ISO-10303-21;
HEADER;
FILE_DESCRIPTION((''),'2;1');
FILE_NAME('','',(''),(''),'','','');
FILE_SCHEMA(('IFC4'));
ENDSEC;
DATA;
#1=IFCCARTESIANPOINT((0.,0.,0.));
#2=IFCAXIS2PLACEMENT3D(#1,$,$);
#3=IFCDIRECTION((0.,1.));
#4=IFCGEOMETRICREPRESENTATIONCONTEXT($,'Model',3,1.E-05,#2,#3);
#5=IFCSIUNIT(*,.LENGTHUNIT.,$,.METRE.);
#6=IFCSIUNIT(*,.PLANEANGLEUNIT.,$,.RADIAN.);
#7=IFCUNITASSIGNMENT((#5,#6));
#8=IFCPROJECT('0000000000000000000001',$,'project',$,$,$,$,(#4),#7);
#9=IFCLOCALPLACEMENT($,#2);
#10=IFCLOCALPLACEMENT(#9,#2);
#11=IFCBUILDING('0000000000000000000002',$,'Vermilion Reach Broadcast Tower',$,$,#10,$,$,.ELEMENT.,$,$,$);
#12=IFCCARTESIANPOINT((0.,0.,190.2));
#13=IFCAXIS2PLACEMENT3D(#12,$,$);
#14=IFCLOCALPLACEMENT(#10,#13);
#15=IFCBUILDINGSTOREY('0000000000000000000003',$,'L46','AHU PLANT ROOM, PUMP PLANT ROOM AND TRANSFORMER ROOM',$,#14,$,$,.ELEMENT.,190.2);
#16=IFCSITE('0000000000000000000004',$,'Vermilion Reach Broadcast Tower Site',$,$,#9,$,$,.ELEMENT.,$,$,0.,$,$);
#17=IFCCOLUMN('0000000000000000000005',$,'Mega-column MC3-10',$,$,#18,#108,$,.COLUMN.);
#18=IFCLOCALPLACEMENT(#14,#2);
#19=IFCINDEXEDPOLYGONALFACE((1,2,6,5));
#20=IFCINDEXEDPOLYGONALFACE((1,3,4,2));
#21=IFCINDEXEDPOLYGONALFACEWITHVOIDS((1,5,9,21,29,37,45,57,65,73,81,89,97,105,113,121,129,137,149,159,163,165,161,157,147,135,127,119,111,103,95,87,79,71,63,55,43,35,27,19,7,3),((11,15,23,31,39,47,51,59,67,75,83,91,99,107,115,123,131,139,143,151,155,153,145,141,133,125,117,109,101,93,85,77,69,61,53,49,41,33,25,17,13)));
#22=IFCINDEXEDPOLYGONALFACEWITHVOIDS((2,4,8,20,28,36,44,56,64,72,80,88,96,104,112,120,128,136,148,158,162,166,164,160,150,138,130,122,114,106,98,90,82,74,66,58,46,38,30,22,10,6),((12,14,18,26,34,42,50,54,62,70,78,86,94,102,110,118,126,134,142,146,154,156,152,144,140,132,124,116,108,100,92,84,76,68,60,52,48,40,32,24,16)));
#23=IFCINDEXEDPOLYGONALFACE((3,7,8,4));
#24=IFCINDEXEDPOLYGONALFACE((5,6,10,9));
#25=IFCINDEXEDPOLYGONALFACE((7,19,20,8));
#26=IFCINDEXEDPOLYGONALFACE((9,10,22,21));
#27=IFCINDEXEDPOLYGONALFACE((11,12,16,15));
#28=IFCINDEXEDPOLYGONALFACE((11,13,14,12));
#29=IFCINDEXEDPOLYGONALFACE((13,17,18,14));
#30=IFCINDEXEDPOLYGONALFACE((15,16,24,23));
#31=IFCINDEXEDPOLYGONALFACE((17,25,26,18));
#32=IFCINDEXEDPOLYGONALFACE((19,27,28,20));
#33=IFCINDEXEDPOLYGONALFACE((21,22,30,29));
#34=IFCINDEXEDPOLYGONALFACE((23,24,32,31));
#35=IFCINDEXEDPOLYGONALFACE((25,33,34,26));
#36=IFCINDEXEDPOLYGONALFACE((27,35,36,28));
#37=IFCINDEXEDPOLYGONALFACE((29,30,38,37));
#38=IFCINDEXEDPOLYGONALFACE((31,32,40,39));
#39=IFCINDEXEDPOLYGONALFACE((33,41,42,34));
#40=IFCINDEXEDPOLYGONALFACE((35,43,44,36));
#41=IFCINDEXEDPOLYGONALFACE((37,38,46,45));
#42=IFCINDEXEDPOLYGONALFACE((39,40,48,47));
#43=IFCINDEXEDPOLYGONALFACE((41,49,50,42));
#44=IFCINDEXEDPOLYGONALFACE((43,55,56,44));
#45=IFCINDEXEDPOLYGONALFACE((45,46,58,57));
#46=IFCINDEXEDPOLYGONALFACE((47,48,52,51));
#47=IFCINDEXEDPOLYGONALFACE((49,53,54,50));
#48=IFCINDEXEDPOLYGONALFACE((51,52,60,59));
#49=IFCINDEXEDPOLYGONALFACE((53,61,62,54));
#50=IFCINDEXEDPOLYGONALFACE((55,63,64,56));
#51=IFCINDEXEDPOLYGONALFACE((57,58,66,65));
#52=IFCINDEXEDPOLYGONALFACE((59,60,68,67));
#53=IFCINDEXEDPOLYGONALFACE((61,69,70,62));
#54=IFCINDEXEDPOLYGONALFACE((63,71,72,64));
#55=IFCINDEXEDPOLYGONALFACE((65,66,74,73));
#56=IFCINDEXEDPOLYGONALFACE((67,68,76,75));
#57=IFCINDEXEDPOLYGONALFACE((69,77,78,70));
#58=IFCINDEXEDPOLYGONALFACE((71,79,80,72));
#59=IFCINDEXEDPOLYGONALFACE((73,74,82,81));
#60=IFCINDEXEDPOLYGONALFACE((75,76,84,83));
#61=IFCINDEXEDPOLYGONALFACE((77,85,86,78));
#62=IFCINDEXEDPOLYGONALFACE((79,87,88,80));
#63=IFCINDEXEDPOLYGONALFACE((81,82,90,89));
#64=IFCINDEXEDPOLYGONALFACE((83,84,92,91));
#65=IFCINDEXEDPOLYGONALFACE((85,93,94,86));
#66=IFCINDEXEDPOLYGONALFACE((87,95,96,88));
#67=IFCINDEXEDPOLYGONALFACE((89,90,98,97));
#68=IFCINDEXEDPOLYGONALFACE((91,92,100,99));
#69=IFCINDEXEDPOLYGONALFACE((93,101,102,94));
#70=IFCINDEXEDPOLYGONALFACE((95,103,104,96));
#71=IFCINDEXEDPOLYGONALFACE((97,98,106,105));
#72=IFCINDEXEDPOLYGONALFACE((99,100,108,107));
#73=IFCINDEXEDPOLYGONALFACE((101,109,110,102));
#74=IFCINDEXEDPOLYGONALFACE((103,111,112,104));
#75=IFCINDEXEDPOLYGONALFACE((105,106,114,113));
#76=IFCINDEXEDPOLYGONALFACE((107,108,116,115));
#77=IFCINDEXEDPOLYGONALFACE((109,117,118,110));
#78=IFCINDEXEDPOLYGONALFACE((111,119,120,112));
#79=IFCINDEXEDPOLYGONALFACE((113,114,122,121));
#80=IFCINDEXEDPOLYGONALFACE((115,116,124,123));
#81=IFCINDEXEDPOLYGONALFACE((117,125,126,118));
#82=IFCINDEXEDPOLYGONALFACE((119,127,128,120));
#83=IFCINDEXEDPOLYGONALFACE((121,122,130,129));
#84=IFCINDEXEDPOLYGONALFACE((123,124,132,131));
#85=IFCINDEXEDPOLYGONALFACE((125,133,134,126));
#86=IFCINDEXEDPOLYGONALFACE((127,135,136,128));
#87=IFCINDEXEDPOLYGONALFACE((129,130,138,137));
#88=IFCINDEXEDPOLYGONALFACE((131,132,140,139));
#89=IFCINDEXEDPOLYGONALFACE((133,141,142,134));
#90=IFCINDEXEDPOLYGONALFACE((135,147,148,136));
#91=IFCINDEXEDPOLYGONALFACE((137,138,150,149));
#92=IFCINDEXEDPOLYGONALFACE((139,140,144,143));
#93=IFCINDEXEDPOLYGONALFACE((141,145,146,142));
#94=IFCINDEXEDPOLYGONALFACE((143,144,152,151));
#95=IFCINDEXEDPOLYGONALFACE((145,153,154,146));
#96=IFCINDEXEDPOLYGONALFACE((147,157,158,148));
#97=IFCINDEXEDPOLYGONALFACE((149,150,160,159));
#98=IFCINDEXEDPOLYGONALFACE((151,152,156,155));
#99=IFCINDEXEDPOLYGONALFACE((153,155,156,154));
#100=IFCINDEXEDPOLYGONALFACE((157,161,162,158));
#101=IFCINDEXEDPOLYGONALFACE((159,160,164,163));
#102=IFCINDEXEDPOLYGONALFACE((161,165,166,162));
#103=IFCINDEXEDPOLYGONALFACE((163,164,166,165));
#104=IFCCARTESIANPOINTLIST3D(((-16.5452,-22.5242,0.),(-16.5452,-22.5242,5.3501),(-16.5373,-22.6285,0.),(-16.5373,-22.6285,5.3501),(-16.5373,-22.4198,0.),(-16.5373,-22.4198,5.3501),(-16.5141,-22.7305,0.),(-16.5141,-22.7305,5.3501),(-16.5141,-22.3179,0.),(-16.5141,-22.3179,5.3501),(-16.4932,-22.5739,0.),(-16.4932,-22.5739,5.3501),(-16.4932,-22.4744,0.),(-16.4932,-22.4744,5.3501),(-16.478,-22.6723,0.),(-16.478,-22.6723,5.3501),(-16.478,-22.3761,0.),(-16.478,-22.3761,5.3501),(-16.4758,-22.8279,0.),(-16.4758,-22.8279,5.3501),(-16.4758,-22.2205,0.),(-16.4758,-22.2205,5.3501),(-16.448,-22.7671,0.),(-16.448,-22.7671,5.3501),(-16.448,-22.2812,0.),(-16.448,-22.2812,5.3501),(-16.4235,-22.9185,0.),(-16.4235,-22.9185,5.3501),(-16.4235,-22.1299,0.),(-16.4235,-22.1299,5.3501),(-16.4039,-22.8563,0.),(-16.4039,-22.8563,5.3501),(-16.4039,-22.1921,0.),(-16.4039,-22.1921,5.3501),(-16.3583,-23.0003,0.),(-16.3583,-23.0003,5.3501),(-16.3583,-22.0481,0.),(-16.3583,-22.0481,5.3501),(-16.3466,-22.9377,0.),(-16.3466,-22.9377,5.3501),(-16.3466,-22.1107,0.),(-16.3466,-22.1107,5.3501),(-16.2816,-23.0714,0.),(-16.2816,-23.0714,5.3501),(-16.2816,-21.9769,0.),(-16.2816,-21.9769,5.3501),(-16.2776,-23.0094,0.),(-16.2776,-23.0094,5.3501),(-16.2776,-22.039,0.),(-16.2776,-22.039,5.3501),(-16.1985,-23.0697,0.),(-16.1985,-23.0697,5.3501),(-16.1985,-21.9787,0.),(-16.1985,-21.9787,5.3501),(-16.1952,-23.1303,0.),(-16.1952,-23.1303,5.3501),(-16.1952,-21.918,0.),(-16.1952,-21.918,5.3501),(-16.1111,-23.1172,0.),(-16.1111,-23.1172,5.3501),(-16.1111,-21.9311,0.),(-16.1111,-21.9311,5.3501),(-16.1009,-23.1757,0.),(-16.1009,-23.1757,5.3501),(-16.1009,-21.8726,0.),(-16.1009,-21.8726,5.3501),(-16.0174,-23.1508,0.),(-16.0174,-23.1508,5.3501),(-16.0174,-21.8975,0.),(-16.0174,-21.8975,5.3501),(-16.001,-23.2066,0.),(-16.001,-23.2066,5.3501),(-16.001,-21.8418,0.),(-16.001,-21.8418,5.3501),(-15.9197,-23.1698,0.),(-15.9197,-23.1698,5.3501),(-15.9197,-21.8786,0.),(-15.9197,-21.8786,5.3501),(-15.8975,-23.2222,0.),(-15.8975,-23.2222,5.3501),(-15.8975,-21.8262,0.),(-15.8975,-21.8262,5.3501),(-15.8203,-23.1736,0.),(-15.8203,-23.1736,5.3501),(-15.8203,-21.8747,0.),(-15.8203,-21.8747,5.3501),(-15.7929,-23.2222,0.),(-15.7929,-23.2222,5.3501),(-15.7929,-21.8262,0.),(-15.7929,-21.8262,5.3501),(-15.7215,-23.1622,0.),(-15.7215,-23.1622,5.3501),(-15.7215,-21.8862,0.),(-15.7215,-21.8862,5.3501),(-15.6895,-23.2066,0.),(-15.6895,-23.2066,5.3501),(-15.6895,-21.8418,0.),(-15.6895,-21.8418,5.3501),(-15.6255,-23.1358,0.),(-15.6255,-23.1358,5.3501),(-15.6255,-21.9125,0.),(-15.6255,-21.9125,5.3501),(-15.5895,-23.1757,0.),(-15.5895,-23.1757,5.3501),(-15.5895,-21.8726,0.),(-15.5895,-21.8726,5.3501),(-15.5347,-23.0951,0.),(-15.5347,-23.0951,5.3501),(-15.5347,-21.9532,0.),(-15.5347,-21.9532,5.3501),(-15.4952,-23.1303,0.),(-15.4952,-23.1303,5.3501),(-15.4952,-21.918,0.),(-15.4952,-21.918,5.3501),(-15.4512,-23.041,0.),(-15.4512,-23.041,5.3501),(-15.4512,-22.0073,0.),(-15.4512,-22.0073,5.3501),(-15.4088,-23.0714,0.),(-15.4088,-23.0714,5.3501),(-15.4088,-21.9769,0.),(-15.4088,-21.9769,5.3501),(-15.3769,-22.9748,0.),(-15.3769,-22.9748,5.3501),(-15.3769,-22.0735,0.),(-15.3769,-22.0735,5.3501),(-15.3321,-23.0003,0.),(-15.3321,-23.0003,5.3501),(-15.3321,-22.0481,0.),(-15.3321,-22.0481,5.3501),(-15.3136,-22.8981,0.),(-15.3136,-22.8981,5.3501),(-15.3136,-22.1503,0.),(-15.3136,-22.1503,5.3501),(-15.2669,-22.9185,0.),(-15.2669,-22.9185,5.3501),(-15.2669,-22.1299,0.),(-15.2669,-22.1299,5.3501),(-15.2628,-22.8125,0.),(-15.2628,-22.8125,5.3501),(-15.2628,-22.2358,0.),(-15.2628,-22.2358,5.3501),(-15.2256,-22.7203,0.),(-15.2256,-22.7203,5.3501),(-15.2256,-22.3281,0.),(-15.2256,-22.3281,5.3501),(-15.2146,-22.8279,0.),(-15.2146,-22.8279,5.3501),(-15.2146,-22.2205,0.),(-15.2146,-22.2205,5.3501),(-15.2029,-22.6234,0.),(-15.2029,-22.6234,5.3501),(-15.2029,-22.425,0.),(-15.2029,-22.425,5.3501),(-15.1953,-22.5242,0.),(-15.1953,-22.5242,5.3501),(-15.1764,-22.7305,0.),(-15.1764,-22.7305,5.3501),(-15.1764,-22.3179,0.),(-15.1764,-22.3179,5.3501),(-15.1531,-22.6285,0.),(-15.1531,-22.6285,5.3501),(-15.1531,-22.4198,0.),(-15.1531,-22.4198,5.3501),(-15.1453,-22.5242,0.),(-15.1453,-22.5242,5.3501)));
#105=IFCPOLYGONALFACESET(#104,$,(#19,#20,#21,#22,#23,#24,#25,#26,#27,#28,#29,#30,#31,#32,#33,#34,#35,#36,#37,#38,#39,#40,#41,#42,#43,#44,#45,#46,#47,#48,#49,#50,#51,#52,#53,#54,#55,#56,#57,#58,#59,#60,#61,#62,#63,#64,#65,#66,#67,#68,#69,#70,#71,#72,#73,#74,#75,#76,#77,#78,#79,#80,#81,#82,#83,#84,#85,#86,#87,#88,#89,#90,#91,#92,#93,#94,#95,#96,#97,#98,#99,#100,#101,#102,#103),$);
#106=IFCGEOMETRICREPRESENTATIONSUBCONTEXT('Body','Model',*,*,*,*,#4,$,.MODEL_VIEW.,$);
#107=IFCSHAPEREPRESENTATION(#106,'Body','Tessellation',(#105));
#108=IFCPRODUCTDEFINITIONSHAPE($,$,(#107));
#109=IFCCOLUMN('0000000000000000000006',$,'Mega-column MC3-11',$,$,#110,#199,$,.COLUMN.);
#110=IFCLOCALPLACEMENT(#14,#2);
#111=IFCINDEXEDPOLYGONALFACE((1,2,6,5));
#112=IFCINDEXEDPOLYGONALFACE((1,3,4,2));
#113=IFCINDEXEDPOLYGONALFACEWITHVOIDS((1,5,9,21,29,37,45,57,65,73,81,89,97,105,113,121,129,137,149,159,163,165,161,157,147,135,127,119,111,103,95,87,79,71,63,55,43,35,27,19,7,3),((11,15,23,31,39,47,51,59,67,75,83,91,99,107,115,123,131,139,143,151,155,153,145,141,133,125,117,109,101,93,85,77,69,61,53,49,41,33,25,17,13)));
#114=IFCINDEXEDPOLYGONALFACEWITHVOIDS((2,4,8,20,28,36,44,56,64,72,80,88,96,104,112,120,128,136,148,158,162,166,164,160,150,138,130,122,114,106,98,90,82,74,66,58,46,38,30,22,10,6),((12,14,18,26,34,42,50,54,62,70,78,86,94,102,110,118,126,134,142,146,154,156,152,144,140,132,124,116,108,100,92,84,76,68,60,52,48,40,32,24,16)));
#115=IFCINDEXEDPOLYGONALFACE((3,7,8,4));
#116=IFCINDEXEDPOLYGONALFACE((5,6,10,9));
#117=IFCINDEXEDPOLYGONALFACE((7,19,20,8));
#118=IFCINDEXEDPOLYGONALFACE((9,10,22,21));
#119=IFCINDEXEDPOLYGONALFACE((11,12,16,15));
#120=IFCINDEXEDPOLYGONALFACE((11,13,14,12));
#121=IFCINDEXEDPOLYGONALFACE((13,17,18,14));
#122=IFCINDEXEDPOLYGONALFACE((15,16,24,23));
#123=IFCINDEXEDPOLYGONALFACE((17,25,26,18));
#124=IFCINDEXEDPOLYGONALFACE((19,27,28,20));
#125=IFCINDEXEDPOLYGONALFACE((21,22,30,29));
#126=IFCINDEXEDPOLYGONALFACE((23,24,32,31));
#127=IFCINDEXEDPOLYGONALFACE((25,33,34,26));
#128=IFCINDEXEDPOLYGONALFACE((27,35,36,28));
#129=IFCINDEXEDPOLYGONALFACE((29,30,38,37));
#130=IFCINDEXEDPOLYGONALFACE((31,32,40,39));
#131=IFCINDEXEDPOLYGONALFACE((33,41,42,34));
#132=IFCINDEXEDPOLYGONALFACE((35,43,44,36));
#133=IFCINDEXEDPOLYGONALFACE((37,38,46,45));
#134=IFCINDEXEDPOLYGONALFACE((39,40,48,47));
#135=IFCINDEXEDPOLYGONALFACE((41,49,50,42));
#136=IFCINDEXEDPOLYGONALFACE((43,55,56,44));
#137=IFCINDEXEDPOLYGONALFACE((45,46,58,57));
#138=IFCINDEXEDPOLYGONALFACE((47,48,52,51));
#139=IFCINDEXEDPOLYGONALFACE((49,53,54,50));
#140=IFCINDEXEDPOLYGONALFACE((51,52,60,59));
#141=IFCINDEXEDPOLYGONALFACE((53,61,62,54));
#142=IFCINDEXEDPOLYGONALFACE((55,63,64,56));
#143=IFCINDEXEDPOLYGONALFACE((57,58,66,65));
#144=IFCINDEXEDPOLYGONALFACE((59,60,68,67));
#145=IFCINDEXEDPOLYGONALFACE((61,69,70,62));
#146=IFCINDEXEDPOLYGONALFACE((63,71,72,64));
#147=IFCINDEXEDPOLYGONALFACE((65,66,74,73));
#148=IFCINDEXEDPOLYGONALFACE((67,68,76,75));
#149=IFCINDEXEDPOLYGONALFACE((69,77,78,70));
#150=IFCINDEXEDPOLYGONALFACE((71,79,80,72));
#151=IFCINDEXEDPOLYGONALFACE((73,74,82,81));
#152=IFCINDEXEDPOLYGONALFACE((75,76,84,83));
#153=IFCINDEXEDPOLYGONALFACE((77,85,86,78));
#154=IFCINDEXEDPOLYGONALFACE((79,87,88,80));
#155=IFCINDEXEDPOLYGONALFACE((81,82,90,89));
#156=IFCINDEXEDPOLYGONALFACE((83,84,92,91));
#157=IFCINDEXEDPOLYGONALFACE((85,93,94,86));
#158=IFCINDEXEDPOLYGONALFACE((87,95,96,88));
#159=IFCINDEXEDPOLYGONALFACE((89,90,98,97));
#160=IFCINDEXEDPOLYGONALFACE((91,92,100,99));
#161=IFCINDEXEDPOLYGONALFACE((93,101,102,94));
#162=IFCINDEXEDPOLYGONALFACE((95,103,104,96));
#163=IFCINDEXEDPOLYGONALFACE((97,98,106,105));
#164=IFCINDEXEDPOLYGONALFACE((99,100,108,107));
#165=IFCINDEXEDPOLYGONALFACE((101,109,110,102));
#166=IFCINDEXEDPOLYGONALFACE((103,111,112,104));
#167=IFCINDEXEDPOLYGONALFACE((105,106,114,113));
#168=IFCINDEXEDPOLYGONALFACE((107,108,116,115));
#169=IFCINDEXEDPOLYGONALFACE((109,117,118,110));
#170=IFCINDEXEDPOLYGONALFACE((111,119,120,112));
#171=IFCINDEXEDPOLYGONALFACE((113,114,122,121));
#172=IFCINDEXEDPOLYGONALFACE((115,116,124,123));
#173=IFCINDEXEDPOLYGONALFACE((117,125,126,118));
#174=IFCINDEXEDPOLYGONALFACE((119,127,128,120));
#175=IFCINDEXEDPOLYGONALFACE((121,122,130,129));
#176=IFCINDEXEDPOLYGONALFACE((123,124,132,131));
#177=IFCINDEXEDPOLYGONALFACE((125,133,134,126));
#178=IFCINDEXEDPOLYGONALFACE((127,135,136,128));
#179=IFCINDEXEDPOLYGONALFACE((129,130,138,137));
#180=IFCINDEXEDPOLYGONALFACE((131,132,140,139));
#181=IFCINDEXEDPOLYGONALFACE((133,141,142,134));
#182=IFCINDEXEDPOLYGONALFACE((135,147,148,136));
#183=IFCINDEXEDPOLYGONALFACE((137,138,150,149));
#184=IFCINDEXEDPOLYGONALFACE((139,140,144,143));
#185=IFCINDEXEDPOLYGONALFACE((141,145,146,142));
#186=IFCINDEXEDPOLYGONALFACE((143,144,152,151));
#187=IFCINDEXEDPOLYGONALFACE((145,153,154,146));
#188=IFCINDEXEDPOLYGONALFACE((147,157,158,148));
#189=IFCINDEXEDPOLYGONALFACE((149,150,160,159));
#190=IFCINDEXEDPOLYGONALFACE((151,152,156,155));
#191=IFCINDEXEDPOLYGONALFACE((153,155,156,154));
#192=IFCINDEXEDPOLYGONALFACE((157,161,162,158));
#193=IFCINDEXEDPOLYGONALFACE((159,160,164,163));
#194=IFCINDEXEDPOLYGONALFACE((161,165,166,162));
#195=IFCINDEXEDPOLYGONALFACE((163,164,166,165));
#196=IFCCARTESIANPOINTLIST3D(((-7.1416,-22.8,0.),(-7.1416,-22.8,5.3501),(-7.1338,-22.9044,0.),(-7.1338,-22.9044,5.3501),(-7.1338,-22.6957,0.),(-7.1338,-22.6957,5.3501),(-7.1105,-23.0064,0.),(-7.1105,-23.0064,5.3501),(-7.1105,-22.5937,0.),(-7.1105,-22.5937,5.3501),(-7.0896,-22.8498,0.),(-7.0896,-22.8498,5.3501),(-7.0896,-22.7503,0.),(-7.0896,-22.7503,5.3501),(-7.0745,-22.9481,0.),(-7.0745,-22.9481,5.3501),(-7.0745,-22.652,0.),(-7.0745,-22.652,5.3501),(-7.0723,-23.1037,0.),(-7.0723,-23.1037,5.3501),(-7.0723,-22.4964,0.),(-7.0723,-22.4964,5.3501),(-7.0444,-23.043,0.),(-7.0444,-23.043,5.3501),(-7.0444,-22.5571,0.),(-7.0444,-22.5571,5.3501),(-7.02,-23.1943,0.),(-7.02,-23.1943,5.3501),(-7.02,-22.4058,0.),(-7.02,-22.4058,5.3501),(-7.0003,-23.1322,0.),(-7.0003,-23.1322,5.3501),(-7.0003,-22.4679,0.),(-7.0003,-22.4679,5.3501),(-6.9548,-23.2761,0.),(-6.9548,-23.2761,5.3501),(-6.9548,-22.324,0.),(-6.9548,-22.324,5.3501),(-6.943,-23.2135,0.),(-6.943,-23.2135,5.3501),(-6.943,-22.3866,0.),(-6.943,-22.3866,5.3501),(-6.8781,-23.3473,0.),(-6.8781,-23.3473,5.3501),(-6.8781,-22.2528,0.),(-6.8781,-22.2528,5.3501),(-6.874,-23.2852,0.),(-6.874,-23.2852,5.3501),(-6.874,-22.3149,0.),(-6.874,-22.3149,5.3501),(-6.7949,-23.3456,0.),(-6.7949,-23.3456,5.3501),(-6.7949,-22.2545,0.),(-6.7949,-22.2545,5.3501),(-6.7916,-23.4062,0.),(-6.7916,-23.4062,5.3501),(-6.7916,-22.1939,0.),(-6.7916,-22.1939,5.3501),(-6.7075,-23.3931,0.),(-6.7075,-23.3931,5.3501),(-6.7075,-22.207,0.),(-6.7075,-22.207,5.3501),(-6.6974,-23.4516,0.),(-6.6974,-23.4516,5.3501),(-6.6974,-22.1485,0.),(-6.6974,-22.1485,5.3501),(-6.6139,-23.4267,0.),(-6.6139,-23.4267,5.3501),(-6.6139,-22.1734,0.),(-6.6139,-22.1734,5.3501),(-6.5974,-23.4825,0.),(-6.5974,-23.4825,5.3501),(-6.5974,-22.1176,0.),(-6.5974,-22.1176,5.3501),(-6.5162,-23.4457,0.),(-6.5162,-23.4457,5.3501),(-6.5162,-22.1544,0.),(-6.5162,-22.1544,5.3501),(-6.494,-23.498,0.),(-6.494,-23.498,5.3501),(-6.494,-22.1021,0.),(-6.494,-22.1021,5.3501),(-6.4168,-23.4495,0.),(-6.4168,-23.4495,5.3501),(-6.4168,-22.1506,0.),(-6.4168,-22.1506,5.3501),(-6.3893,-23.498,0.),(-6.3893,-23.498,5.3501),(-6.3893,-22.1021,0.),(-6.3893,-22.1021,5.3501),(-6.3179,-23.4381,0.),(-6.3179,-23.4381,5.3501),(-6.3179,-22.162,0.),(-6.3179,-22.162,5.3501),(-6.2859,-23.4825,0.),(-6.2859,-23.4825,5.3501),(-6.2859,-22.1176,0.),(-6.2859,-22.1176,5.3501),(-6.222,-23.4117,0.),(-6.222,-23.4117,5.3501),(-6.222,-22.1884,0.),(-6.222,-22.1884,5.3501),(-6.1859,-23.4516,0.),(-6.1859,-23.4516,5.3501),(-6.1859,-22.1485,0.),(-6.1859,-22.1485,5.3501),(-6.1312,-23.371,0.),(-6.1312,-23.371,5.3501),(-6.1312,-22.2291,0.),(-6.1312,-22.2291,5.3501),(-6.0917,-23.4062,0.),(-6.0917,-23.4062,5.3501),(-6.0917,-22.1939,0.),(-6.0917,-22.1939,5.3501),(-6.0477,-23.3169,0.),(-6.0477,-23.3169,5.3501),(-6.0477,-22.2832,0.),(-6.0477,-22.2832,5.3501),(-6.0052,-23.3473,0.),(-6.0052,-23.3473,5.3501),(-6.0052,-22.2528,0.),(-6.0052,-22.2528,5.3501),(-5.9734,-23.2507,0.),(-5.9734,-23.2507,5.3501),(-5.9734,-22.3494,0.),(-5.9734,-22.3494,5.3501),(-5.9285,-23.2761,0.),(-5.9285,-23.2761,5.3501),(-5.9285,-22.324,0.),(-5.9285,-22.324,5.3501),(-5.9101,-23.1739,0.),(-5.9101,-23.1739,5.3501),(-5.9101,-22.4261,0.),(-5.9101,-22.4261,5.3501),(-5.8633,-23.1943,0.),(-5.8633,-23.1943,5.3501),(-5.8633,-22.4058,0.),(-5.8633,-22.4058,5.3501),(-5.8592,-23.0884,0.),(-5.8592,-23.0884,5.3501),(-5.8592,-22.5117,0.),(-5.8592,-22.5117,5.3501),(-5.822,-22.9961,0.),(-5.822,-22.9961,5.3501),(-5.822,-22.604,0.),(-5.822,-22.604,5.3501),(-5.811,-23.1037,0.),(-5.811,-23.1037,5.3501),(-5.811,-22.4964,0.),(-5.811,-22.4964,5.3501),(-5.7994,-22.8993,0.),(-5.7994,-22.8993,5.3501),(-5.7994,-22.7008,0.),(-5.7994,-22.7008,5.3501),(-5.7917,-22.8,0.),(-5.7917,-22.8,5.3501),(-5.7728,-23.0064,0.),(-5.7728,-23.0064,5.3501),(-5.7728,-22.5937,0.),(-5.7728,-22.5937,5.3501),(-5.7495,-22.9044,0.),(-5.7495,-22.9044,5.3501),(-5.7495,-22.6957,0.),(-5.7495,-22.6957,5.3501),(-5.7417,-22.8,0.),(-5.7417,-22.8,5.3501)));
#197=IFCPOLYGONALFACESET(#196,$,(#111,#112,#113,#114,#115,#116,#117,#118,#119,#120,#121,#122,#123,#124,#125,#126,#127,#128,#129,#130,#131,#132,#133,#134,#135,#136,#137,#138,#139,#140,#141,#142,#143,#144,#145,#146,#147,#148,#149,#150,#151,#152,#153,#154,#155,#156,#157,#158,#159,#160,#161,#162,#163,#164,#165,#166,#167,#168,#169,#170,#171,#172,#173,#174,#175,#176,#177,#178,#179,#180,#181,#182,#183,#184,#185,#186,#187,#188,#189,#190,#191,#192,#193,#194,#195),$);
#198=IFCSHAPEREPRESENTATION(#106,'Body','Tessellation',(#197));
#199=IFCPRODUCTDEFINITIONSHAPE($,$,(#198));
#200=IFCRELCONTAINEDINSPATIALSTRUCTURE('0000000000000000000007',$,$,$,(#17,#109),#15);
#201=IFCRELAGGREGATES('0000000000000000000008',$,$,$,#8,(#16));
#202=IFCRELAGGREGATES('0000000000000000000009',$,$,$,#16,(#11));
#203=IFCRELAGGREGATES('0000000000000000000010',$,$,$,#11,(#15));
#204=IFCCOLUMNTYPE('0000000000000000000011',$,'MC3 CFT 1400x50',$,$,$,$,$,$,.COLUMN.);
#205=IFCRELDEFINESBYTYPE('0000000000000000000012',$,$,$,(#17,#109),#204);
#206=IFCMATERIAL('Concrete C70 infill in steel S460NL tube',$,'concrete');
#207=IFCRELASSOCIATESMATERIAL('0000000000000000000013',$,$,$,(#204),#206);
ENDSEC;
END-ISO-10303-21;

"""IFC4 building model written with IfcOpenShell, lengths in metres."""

from ifc_helpers import new_model, si_unit, direction, frame, origin, origin_2d, place, context, subcontext, project, spatial, hollow_circle, extrude, material, material_profile, profile_set, type_object, element, save


model = new_model("IFC4")

# Units and contexts
model_context = context("Model", 3, precision=1e-05, world=origin(), true_north=direction((0.0, 1.0)))
body_context = subcontext(model_context, "Body", "Model", "MODEL_VIEW")
ifc_project = project(units=[si_unit("LENGTHUNIT", "METRE"), si_unit("PLANEANGLEUNIT", "RADIAN")], contexts=[model_context])

# Site, building, storey
site_placement = place(None, origin())
site = spatial("IfcSite", under=ifc_project, at=site_placement, Name="Vermilion Reach Broadcast Tower Site", CompositionType="ELEMENT", RefElevation=0.0)
building_placement = place(site_placement, origin())
building = spatial("IfcBuilding", under=site, at=building_placement, Name="Vermilion Reach Broadcast Tower", CompositionType="ELEMENT")
storey_placement = place(building_placement, frame((0.0, 0.0, 190.2)))
storey = spatial("IfcBuildingStorey", under=building, at=storey_placement, Name="L46", Description="AHU PLANT ROOM, PUMP PLANT ROOM AND TRANSFORMER ROOM", CompositionType="ELEMENT", Elevation=190.2)

# Columns
ifc_material_1 = material(Name="Concrete C70 infill in steel S460NL tube", Category="concrete")
ifc_material_profile_1 = material_profile(ifc_material_1, hollow_circle(Radius=0.7, WallThickness=0.05, at=origin_2d()), Name="Concrete C70 infill in steel S460NL tube CFT 1400x50")
ifc_profile_set_1 = profile_set([ifc_material_profile_1], Name="Concrete C70 infill in steel S460NL tube")
column_type = type_object("IfcColumnType", Name="MC3 CFT 1400x50", PredefinedType="COLUMN", material=ifc_profile_set_1)
for number, where, z_axis, x_axis, name in (
    (1, (-15.8452, -22.5242, 0.0), (0.0, 0.0, 1.0), (1.0, 0.0, 0.0), "Mega-column MC3-10"),
    (2, (-6.4417, -22.8, 0.0), (0.0, 0.0, 1.0), (1.0, 0.0, 0.0), "Mega-column MC3-11"),
):
    element("IfcColumn", number, at=place(storey_placement, frame(where, z_axis=z_axis, x_axis=x_axis)), inside=storey, type_object=column_type, Name=name, PredefinedType="COLUMN", context=body_context, shape_type="SweptSolid", body=[
        extrude(hollow_circle(Radius=0.7, WallThickness=0.05, at=origin_2d()), origin(), (0.0, 0.0, 1.0), 5.3501),
    ])

save(model, "model.ifc")
